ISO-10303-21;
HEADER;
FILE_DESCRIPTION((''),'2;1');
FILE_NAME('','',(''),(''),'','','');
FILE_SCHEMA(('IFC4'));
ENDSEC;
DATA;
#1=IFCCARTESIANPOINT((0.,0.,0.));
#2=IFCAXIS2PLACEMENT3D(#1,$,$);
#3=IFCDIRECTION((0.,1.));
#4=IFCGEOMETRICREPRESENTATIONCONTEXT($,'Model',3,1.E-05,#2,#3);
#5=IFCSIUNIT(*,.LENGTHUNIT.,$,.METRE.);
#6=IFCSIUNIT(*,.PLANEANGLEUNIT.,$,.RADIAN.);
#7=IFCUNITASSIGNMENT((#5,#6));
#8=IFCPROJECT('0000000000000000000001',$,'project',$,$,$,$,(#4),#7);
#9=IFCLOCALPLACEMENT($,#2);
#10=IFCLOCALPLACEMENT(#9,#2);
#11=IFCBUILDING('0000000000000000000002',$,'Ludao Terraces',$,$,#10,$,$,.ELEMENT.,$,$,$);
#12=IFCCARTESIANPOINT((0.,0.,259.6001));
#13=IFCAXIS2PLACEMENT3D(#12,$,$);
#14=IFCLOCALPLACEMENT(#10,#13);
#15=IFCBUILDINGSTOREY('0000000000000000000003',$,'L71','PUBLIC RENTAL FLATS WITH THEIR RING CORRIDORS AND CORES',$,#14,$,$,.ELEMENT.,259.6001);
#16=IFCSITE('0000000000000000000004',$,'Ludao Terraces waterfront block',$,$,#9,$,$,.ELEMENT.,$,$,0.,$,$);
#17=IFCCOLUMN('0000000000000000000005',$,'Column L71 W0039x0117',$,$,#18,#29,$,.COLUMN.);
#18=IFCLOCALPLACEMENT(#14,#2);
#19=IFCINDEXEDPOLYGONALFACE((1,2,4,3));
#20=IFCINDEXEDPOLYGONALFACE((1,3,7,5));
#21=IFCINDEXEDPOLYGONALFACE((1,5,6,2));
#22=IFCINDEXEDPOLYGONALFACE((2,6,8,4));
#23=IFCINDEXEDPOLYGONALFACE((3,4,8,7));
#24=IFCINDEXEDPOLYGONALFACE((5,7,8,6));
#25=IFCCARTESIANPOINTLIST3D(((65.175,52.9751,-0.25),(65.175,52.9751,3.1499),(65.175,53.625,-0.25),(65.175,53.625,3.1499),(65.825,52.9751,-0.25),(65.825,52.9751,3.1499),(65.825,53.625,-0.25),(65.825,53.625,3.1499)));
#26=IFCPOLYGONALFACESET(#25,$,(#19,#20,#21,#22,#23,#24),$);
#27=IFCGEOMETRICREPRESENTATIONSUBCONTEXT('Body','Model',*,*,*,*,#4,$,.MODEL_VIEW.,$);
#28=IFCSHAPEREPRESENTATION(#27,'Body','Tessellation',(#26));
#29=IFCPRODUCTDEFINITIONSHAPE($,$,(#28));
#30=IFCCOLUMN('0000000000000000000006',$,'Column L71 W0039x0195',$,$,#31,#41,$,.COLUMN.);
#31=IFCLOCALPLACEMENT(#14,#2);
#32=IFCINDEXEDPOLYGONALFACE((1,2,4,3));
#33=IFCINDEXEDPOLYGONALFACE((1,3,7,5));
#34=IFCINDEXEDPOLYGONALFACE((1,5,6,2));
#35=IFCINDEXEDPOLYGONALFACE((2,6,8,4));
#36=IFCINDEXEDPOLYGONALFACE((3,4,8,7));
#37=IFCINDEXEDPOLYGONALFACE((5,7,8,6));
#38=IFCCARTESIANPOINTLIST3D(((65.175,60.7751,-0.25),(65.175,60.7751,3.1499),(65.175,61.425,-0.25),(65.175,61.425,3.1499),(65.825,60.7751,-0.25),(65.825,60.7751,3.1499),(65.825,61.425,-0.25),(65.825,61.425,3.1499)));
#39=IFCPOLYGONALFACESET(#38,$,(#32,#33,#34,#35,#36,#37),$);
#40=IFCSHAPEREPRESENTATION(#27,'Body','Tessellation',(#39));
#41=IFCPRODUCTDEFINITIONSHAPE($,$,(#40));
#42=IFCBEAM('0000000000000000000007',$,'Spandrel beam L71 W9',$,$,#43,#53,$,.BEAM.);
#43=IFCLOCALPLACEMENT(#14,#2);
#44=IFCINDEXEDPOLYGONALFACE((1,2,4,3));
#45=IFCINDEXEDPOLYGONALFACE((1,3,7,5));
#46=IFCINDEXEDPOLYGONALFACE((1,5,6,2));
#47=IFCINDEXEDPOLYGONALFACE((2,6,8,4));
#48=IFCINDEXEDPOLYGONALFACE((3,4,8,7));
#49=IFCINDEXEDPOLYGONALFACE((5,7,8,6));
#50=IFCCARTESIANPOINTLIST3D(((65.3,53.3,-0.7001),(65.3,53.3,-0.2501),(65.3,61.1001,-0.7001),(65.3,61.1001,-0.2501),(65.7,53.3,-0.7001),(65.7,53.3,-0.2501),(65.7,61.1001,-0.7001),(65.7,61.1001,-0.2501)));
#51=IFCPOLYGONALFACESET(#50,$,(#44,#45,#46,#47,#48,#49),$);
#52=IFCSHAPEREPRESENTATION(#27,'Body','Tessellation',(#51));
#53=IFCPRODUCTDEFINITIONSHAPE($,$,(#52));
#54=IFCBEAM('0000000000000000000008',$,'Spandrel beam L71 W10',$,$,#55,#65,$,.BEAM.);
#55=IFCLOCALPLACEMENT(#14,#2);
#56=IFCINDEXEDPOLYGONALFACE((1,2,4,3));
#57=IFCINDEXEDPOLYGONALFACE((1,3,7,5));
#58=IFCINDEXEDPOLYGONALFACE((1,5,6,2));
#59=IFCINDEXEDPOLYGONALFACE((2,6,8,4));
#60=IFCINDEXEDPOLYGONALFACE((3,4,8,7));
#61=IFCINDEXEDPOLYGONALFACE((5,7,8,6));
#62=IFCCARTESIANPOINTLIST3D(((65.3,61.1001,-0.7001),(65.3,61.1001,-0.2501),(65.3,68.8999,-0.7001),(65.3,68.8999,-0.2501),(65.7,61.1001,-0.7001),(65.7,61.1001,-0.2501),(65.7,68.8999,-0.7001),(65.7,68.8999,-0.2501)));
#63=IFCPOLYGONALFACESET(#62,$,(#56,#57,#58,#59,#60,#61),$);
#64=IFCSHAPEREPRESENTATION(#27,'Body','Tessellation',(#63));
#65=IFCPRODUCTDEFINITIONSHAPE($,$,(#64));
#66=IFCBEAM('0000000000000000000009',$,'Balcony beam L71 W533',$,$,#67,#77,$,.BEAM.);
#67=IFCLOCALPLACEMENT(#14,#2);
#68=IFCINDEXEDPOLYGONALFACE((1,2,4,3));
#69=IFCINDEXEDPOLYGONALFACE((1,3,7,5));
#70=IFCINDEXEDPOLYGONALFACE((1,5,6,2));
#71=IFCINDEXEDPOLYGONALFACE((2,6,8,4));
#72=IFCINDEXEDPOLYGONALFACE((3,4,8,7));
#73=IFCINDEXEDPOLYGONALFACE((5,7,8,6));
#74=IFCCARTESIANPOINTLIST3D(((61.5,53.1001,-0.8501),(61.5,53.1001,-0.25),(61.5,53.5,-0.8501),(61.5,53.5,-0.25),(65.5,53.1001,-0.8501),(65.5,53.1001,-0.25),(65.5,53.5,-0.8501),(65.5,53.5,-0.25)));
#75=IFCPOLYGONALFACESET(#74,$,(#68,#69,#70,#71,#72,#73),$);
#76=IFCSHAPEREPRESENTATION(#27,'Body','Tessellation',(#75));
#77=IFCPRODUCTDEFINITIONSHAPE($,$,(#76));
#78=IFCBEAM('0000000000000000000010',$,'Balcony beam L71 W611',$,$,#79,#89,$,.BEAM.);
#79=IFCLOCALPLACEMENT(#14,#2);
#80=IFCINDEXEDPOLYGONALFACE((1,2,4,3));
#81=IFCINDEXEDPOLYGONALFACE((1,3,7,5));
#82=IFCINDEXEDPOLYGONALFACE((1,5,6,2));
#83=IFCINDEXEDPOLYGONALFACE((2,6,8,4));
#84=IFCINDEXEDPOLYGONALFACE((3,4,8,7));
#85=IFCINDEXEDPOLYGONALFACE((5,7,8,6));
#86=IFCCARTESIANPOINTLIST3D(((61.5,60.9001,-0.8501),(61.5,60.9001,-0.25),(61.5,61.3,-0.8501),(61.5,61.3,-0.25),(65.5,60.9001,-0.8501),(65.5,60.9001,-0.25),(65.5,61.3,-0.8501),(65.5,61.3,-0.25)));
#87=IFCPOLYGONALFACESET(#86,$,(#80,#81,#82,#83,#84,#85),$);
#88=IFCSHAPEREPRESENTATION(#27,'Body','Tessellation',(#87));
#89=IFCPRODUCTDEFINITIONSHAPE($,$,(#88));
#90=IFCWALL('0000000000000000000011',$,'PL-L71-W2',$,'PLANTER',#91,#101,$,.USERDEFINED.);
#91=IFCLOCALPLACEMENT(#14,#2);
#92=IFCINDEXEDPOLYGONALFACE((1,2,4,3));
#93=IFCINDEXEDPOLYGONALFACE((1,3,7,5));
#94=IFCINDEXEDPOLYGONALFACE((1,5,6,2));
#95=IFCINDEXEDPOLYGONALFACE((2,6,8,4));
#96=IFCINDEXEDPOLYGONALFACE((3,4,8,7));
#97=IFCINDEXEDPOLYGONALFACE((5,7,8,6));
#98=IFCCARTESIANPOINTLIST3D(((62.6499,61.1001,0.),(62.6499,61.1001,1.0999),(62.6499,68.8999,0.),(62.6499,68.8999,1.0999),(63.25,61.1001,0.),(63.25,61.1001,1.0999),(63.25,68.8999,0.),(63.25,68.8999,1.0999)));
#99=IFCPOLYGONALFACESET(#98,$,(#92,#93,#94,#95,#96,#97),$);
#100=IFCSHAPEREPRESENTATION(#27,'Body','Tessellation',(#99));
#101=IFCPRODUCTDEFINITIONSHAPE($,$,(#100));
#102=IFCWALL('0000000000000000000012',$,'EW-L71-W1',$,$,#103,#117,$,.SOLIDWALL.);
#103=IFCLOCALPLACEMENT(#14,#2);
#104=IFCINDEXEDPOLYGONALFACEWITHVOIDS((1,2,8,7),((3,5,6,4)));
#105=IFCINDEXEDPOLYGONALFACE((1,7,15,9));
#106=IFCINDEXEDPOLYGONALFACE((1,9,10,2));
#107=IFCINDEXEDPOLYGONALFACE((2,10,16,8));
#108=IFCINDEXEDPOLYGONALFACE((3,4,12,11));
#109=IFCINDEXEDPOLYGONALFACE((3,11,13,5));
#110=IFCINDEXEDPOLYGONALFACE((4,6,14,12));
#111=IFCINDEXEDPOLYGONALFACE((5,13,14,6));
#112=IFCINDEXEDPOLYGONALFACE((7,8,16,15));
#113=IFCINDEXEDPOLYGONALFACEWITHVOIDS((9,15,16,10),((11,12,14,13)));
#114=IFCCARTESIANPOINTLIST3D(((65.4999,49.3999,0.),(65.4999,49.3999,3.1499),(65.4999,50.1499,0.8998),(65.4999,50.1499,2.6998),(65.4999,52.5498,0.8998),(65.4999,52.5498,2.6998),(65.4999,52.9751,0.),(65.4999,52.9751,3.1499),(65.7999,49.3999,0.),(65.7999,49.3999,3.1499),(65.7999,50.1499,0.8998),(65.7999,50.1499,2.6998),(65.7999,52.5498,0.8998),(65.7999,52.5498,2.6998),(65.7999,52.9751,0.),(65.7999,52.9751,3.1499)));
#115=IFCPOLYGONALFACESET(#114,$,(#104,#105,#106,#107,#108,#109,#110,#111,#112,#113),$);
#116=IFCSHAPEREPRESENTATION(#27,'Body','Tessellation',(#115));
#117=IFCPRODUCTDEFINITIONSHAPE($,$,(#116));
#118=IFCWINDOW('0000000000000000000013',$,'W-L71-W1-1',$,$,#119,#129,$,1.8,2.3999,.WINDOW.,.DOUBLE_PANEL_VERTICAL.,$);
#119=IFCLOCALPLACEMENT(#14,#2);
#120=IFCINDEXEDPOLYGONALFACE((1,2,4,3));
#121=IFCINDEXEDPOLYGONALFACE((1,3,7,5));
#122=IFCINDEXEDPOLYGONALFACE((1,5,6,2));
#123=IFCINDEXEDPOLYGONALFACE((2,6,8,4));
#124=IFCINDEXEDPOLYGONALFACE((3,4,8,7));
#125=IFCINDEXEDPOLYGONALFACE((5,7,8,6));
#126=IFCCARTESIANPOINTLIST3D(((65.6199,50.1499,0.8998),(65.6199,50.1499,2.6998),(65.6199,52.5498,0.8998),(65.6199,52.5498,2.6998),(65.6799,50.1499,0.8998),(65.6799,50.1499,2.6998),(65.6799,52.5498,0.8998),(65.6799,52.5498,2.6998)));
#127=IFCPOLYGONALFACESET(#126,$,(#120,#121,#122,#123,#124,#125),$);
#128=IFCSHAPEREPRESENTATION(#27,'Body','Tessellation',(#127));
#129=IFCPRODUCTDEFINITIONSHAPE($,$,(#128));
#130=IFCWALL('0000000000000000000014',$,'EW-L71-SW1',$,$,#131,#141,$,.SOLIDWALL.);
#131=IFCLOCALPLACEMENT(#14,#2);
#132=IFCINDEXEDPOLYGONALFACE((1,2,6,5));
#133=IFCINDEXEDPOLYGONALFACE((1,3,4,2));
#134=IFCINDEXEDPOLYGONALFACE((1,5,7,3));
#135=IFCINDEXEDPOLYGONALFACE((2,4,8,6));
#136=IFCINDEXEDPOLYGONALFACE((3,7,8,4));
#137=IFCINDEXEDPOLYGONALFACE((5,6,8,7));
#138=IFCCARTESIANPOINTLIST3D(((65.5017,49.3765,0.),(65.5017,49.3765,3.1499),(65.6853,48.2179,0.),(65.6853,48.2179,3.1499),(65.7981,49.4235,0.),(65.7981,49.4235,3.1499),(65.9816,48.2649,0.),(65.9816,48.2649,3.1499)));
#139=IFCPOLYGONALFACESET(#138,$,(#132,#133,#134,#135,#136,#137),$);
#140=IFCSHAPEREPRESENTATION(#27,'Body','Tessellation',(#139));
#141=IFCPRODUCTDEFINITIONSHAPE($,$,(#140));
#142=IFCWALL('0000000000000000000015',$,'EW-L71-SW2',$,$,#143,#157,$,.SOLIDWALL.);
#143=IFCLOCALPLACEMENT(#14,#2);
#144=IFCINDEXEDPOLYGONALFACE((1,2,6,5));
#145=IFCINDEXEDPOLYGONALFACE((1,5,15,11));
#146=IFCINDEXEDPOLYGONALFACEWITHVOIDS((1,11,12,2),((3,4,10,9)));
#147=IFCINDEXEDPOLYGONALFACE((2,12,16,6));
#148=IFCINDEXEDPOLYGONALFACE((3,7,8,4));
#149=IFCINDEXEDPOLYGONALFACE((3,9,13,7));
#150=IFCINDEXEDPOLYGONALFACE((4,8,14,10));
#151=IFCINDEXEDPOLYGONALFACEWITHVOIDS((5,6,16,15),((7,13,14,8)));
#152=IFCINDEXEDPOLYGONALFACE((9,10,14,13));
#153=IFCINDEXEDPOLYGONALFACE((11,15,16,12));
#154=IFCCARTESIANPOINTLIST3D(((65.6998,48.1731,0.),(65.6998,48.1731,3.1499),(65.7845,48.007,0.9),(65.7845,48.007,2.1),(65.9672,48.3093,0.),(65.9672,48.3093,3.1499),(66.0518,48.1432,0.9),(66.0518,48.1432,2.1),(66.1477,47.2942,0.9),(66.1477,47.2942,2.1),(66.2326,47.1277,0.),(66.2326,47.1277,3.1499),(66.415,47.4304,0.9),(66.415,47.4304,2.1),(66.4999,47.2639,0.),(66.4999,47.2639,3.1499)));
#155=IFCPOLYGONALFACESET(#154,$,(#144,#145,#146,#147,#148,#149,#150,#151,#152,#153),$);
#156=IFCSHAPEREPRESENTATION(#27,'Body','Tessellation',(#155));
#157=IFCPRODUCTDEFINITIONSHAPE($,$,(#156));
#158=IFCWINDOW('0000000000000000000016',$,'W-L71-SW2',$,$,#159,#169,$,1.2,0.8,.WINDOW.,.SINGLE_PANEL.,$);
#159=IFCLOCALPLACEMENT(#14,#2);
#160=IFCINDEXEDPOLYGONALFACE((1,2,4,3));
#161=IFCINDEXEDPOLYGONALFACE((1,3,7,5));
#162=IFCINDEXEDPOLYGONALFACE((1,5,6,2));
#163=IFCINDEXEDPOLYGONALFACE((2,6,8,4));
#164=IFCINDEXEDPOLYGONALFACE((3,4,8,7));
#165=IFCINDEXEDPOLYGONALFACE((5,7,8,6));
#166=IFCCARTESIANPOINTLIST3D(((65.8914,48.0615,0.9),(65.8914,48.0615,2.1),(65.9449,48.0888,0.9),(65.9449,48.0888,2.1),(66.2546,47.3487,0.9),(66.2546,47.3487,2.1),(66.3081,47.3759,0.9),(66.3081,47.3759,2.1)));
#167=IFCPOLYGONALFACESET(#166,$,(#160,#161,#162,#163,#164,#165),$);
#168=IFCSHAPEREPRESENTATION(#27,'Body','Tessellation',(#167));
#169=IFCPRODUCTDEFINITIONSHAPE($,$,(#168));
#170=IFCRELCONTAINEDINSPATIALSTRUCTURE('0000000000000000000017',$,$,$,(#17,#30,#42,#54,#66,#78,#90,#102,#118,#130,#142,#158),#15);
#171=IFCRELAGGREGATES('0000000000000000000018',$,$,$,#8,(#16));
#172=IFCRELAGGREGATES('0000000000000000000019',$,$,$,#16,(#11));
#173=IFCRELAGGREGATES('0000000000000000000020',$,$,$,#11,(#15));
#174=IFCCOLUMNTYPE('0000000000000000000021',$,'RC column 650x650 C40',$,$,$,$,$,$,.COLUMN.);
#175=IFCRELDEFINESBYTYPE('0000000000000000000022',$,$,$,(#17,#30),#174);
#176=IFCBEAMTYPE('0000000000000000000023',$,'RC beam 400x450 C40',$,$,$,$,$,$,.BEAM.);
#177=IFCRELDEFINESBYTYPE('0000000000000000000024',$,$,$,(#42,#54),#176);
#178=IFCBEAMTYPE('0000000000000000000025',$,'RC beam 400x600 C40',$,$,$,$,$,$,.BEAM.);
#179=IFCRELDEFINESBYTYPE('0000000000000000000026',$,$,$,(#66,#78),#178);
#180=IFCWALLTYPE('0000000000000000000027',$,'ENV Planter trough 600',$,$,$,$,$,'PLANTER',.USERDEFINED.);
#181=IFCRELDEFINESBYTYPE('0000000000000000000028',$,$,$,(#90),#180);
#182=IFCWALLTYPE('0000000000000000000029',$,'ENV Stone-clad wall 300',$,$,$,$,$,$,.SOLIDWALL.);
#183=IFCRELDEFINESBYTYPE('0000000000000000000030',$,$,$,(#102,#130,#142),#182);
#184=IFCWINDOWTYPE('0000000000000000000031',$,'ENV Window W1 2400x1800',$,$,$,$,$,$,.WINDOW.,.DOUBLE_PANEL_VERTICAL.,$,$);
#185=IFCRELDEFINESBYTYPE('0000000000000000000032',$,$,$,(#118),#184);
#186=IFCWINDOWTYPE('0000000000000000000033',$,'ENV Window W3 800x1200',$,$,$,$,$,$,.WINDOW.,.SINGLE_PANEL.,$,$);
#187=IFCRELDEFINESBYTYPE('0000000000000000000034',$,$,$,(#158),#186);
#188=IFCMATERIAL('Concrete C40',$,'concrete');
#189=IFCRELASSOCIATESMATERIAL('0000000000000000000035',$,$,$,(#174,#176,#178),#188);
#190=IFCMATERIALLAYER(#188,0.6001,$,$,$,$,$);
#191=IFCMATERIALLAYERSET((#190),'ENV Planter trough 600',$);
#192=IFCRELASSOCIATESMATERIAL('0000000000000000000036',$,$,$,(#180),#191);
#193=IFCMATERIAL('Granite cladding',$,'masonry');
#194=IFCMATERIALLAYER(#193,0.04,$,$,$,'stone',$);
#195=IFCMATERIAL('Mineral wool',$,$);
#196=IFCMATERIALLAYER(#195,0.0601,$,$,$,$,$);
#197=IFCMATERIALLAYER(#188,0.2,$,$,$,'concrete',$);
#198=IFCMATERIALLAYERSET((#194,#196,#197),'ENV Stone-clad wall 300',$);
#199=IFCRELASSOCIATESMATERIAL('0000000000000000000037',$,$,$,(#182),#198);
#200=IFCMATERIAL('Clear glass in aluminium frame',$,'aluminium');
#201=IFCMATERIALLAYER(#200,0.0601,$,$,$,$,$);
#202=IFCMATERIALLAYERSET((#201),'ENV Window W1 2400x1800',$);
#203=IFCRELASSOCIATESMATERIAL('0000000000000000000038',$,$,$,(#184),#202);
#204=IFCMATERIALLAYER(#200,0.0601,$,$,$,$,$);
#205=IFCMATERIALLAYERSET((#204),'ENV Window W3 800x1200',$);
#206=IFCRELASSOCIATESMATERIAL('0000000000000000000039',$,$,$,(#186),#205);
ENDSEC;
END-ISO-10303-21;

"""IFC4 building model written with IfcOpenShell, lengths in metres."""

from ifc_helpers import new_model, si_unit, direction, frame, frame_2d, origin, origin_2d, place, context, subcontext, project, spatial, rectangle, extrude, material, layer, layer_set, material_profile, profile_set, type_object, element, fill, save


model = new_model("IFC4")

# Units and contexts
model_context = context("Model", 3, precision=1e-05, world=origin(), true_north=direction((0.0, 1.0)))
body_context = subcontext(model_context, "Body", "Model", "MODEL_VIEW")
ifc_project = project(units=[si_unit("LENGTHUNIT", "METRE"), si_unit("PLANEANGLEUNIT", "RADIAN")], contexts=[model_context])

# Site, building, storey
site_placement = place(None, origin())
site = spatial("IfcSite", under=ifc_project, at=site_placement, Name="Ludao Terraces waterfront block", CompositionType="ELEMENT", RefElevation=0.0)
building_placement = place(site_placement, origin())
building = spatial("IfcBuilding", under=site, at=building_placement, Name="Ludao Terraces", CompositionType="ELEMENT")
storey_placement = place(building_placement, frame((0.0, 0.0, 259.6001)))
storey = spatial("IfcBuildingStorey", under=building, at=storey_placement, Name="L71", Description="PUBLIC RENTAL FLATS WITH THEIR RING CORRIDORS AND CORES", CompositionType="ELEMENT", Elevation=259.6001)

# Columns
ifc_material_1 = material(Name="Concrete C40", Category="concrete")
ifc_material_profile_1 = material_profile(ifc_material_1, rectangle(XDim=0.6499, YDim=0.6499, at=origin_2d()), Name="650 X 650")
ifc_profile_set_1 = profile_set([ifc_material_profile_1], Name="Concrete C40")
column_type = type_object("IfcColumnType", Name="RC column 650x650 C40", PredefinedType="COLUMN", material=ifc_profile_set_1)
for number, where, z_axis, x_axis, name in (
    (1, (65.5, 53.3, -0.25), (0.0, 0.0, 1.0), (1.0, 0.0, 0.0), "Column L71 W0039x0117"),
    (2, (65.5, 61.1001, -0.25), (0.0, 0.0, 1.0), (1.0, 0.0, 0.0), "Column L71 W0039x0195"),
):
    element("IfcColumn", number, at=place(storey_placement, frame(where, z_axis=z_axis, x_axis=x_axis)), inside=storey, type_object=column_type, Name=name, PredefinedType="COLUMN", context=body_context, shape_type="SweptSolid", body=[
        extrude(rectangle(XDim=0.6499, YDim=0.6499, at=origin_2d()), origin(), (0.0, 0.0, 1.0), 3.3999),
    ])

# Beams
ifc_material_profile_2 = material_profile(ifc_material_1, rectangle(XDim=0.3999, YDim=0.45, at=origin_2d()), Name="400 X 450")
ifc_profile_set_2 = profile_set([ifc_material_profile_2], Name="Concrete C40")
beam_type_1 = type_object("IfcBeamType", Name="RC beam 400x450 C40", PredefinedType="BEAM", material=ifc_profile_set_2)
beam_1_placement = place(storey_placement, frame((65.5, 53.3, -0.4751), z_axis=(0.0, 1.0, 0.0), x_axis=(-1.0, 0.0, 0.0)))
element("IfcBeam", 3, at=beam_1_placement, inside=storey, type_object=beam_type_1, Name="Spandrel beam L71 W9", PredefinedType="BEAM", context=body_context, shape_type="SweptSolid", body=[
    extrude(rectangle(XDim=0.3999, YDim=0.45, at=origin_2d()), origin(), (0.0, 0.0, 1.0), 7.8),
])
beam_2_placement = place(storey_placement, frame((65.5, 61.1001, -0.4751), z_axis=(0.0, 1.0, 0.0), x_axis=(-1.0, 0.0, 0.0)))
element("IfcBeam", 4, at=beam_2_placement, inside=storey, type_object=beam_type_1, Name="Spandrel beam L71 W10", PredefinedType="BEAM", context=body_context, shape_type="SweptSolid", body=[
    extrude(rectangle(XDim=0.3999, YDim=0.45, at=origin_2d()), origin(), (0.0, 0.0, 1.0), 7.7998),
])
ifc_material_profile_3 = material_profile(ifc_material_1, rectangle(XDim=0.3999, YDim=0.6001, at=origin_2d()), Name="400 X 600")
ifc_profile_set_3 = profile_set([ifc_material_profile_3], Name="Concrete C40")
beam_type_2 = type_object("IfcBeamType", Name="RC beam 400x600 C40", PredefinedType="BEAM", material=ifc_profile_set_3)
for number, where, z_axis, x_axis, name in (
    (5, (65.5, 53.3, -0.55), (-1.0, 0.0, 0.0), (0.0, -1.0, 0.0), "Balcony beam L71 W533"),
    (6, (65.5, 61.1001, -0.55), (-1.0, 0.0, 0.0), (0.0, -1.0, 0.0), "Balcony beam L71 W611"),
):
    element("IfcBeam", number, at=place(storey_placement, frame(where, z_axis=z_axis, x_axis=x_axis)), inside=storey, type_object=beam_type_2, Name=name, PredefinedType="BEAM", context=body_context, shape_type="SweptSolid", body=[
        extrude(rectangle(XDim=0.3999, YDim=0.6001, at=origin_2d()), origin(), (0.0, 0.0, 1.0), 4.0),
    ])

# Wall
ifc_layer_1 = layer(ifc_material_1, 0.6001)
ifc_layer_set_1 = layer_set([ifc_layer_1], Name="ENV Planter trough 600")
wall_type_1 = type_object("IfcWallType", Name="ENV Planter trough 600", ElementType="PLANTER", PredefinedType="USERDEFINED", material=ifc_layer_set_1)
wall_1_placement = place(storey_placement, frame((62.95, 61.1001, 0.0), z_axis=(0.0, 0.0, 1.0), x_axis=(0.0, 1.0, 0.0)))
element("IfcWall", 7, at=wall_1_placement, inside=storey, type_object=wall_type_1, Name="PL-L71-W2", ObjectType="PLANTER", PredefinedType="USERDEFINED", context=body_context, shape_type="SweptSolid", body=[
    extrude(rectangle(XDim=7.7998, YDim=0.6001, at=frame_2d((3.8999, 0.0))), origin(), (0.0, 0.0, 1.0), 1.0999),
])

# Wall, opening, window
ifc_material_2 = material(Name="Granite cladding", Category="masonry")
ifc_layer_2 = layer(ifc_material_2, 0.04, Category="stone")
ifc_material_3 = material(Name="Mineral wool")
ifc_layer_3 = layer(ifc_material_3, 0.0601)
ifc_layer_4 = layer(ifc_material_1, 0.2, Category="concrete")
ifc_layer_set_2 = layer_set([ifc_layer_2, ifc_layer_3, ifc_layer_4], Name="ENV Stone-clad wall 300")
wall_type_2 = type_object("IfcWallType", Name="ENV Stone-clad wall 300", PredefinedType="SOLIDWALL", material=ifc_layer_set_2)
wall_2_placement = place(storey_placement, frame((65.6499, 49.3999, 0.0), z_axis=(0.0, 0.0, 1.0), x_axis=(0.0, 1.0, 0.0)))
wall_2 = element("IfcWall", 8, at=wall_2_placement, inside=storey, type_object=wall_type_2, Name="EW-L71-W1", PredefinedType="SOLIDWALL", context=body_context, shape_type="SweptSolid", body=[
    extrude(rectangle(XDim=3.5752, YDim=0.3, at=frame_2d((1.7876, 0.0))), origin(), (0.0, 0.0, 1.0), 3.1499),
])
opening_1_placement = place(wall_2_placement, frame((0.75, 0.0, 0.8999)))
opening_1 = element("IfcOpeningElement", 9, at=opening_1_placement, cuts=wall_2, PredefinedType="OPENING", context=body_context, shape_type="SweptSolid", body=[
    extrude(rectangle(XDim=2.3999, YDim=1.8, at=frame_2d((1.2, 0.8999))), frame((0.0, 0.1602, 0.0), z_axis=(0.0, -1.0, 0.0), x_axis=(1.0, 0.0, 0.0)), (0.0, 0.0, 1.0), 0.3201),
])
ifc_material_4 = material(Name="Clear glass in aluminium frame", Category="aluminium")
ifc_layer_5 = layer(ifc_material_4, 0.0601)
ifc_layer_set_3 = layer_set([ifc_layer_5], Name="ENV Window W1 2400x1800")
window_type_1 = type_object("IfcWindowType", Name="ENV Window W1 2400x1800", PartitioningType="DOUBLE_PANEL_VERTICAL", PredefinedType="WINDOW", material=ifc_layer_set_3)
window_1_placement = place(opening_1_placement, origin())
window_1 = element("IfcWindow", 10, at=window_1_placement, inside=storey, type_object=window_type_1, Name="W-L71-W1-1", OverallHeight=1.8, OverallWidth=2.3999, PartitioningType="DOUBLE_PANEL_VERTICAL", PredefinedType="WINDOW", context=body_context, shape_type="SweptSolid", body=[
    extrude(rectangle(XDim=2.3999, YDim=1.8, at=frame_2d((1.2, 0.8999))), frame((0.0, 0.03, 0.0), z_axis=(0.0, -1.0, 0.0), x_axis=(1.0, 0.0, 0.0)), (0.0, 0.0, 1.0), 0.0601),
])
fill(opening_1, window_1)

# Wall
wall_3_placement = place(storey_placement, frame((65.6499, 49.3999, 0.0), z_axis=(0.0, 0.0, 1.0), x_axis=(0.156497, -0.987678, 0.0)))
element("IfcWall", 11, at=wall_3_placement, inside=storey, type_object=wall_type_2, Name="EW-L71-SW1", PredefinedType="SOLIDWALL", context=body_context, shape_type="SweptSolid", body=[
    extrude(rectangle(XDim=1.1731, YDim=0.3, at=frame_2d((0.5864, 0.0))), origin(), (0.0, 0.0, 1.0), 3.1499),
])

# Wall, opening, window
wall_4_placement = place(storey_placement, frame((65.8335, 48.2412, 0.0), z_axis=(0.0, 0.0, 1.0), x_axis=(0.454026, -0.890989, 0.0)))
wall_4 = element("IfcWall", 12, at=wall_4_placement, inside=storey, type_object=wall_type_2, Name="EW-L71-SW2", PredefinedType="SOLIDWALL", context=body_context, shape_type="SweptSolid", body=[
    extrude(rectangle(XDim=1.1733, YDim=0.3, at=frame_2d((0.5867, 0.0))), origin(), (0.0, 0.0, 1.0), 3.1499),
])
opening_2_placement = place(wall_4_placement, frame((0.1865, 0.0, 0.8999)))
opening_2 = element("IfcOpeningElement", 13, at=opening_2_placement, cuts=wall_4, PredefinedType="OPENING", context=body_context, shape_type="SweptSolid", body=[
    extrude(rectangle(XDim=0.8, YDim=1.2, at=frame_2d((0.3999, 0.6001))), frame((0.0, 0.1602, 0.0), z_axis=(0.0, -1.0, 0.0), x_axis=(1.0, 0.0, 0.0)), (0.0, 0.0, 1.0), 0.3201),
])
ifc_layer_6 = layer(ifc_material_4, 0.0601)
ifc_layer_set_4 = layer_set([ifc_layer_6], Name="ENV Window W3 800x1200")
window_type_2 = type_object("IfcWindowType", Name="ENV Window W3 800x1200", PartitioningType="SINGLE_PANEL", PredefinedType="WINDOW", material=ifc_layer_set_4)
window_2_placement = place(opening_2_placement, origin())
window_2 = element("IfcWindow", 14, at=window_2_placement, inside=storey, type_object=window_type_2, Name="W-L71-SW2", OverallHeight=1.2, OverallWidth=0.8, PartitioningType="SINGLE_PANEL", PredefinedType="WINDOW", context=body_context, shape_type="SweptSolid", body=[
    extrude(rectangle(XDim=0.8, YDim=1.2, at=frame_2d((0.3999, 0.6001))), frame((0.0, 0.03, 0.0), z_axis=(0.0, -1.0, 0.0), x_axis=(1.0, 0.0, 0.0)), (0.0, 0.0, 1.0), 0.0601),
])
fill(opening_2, window_2)

save(model, "model.ifc")
